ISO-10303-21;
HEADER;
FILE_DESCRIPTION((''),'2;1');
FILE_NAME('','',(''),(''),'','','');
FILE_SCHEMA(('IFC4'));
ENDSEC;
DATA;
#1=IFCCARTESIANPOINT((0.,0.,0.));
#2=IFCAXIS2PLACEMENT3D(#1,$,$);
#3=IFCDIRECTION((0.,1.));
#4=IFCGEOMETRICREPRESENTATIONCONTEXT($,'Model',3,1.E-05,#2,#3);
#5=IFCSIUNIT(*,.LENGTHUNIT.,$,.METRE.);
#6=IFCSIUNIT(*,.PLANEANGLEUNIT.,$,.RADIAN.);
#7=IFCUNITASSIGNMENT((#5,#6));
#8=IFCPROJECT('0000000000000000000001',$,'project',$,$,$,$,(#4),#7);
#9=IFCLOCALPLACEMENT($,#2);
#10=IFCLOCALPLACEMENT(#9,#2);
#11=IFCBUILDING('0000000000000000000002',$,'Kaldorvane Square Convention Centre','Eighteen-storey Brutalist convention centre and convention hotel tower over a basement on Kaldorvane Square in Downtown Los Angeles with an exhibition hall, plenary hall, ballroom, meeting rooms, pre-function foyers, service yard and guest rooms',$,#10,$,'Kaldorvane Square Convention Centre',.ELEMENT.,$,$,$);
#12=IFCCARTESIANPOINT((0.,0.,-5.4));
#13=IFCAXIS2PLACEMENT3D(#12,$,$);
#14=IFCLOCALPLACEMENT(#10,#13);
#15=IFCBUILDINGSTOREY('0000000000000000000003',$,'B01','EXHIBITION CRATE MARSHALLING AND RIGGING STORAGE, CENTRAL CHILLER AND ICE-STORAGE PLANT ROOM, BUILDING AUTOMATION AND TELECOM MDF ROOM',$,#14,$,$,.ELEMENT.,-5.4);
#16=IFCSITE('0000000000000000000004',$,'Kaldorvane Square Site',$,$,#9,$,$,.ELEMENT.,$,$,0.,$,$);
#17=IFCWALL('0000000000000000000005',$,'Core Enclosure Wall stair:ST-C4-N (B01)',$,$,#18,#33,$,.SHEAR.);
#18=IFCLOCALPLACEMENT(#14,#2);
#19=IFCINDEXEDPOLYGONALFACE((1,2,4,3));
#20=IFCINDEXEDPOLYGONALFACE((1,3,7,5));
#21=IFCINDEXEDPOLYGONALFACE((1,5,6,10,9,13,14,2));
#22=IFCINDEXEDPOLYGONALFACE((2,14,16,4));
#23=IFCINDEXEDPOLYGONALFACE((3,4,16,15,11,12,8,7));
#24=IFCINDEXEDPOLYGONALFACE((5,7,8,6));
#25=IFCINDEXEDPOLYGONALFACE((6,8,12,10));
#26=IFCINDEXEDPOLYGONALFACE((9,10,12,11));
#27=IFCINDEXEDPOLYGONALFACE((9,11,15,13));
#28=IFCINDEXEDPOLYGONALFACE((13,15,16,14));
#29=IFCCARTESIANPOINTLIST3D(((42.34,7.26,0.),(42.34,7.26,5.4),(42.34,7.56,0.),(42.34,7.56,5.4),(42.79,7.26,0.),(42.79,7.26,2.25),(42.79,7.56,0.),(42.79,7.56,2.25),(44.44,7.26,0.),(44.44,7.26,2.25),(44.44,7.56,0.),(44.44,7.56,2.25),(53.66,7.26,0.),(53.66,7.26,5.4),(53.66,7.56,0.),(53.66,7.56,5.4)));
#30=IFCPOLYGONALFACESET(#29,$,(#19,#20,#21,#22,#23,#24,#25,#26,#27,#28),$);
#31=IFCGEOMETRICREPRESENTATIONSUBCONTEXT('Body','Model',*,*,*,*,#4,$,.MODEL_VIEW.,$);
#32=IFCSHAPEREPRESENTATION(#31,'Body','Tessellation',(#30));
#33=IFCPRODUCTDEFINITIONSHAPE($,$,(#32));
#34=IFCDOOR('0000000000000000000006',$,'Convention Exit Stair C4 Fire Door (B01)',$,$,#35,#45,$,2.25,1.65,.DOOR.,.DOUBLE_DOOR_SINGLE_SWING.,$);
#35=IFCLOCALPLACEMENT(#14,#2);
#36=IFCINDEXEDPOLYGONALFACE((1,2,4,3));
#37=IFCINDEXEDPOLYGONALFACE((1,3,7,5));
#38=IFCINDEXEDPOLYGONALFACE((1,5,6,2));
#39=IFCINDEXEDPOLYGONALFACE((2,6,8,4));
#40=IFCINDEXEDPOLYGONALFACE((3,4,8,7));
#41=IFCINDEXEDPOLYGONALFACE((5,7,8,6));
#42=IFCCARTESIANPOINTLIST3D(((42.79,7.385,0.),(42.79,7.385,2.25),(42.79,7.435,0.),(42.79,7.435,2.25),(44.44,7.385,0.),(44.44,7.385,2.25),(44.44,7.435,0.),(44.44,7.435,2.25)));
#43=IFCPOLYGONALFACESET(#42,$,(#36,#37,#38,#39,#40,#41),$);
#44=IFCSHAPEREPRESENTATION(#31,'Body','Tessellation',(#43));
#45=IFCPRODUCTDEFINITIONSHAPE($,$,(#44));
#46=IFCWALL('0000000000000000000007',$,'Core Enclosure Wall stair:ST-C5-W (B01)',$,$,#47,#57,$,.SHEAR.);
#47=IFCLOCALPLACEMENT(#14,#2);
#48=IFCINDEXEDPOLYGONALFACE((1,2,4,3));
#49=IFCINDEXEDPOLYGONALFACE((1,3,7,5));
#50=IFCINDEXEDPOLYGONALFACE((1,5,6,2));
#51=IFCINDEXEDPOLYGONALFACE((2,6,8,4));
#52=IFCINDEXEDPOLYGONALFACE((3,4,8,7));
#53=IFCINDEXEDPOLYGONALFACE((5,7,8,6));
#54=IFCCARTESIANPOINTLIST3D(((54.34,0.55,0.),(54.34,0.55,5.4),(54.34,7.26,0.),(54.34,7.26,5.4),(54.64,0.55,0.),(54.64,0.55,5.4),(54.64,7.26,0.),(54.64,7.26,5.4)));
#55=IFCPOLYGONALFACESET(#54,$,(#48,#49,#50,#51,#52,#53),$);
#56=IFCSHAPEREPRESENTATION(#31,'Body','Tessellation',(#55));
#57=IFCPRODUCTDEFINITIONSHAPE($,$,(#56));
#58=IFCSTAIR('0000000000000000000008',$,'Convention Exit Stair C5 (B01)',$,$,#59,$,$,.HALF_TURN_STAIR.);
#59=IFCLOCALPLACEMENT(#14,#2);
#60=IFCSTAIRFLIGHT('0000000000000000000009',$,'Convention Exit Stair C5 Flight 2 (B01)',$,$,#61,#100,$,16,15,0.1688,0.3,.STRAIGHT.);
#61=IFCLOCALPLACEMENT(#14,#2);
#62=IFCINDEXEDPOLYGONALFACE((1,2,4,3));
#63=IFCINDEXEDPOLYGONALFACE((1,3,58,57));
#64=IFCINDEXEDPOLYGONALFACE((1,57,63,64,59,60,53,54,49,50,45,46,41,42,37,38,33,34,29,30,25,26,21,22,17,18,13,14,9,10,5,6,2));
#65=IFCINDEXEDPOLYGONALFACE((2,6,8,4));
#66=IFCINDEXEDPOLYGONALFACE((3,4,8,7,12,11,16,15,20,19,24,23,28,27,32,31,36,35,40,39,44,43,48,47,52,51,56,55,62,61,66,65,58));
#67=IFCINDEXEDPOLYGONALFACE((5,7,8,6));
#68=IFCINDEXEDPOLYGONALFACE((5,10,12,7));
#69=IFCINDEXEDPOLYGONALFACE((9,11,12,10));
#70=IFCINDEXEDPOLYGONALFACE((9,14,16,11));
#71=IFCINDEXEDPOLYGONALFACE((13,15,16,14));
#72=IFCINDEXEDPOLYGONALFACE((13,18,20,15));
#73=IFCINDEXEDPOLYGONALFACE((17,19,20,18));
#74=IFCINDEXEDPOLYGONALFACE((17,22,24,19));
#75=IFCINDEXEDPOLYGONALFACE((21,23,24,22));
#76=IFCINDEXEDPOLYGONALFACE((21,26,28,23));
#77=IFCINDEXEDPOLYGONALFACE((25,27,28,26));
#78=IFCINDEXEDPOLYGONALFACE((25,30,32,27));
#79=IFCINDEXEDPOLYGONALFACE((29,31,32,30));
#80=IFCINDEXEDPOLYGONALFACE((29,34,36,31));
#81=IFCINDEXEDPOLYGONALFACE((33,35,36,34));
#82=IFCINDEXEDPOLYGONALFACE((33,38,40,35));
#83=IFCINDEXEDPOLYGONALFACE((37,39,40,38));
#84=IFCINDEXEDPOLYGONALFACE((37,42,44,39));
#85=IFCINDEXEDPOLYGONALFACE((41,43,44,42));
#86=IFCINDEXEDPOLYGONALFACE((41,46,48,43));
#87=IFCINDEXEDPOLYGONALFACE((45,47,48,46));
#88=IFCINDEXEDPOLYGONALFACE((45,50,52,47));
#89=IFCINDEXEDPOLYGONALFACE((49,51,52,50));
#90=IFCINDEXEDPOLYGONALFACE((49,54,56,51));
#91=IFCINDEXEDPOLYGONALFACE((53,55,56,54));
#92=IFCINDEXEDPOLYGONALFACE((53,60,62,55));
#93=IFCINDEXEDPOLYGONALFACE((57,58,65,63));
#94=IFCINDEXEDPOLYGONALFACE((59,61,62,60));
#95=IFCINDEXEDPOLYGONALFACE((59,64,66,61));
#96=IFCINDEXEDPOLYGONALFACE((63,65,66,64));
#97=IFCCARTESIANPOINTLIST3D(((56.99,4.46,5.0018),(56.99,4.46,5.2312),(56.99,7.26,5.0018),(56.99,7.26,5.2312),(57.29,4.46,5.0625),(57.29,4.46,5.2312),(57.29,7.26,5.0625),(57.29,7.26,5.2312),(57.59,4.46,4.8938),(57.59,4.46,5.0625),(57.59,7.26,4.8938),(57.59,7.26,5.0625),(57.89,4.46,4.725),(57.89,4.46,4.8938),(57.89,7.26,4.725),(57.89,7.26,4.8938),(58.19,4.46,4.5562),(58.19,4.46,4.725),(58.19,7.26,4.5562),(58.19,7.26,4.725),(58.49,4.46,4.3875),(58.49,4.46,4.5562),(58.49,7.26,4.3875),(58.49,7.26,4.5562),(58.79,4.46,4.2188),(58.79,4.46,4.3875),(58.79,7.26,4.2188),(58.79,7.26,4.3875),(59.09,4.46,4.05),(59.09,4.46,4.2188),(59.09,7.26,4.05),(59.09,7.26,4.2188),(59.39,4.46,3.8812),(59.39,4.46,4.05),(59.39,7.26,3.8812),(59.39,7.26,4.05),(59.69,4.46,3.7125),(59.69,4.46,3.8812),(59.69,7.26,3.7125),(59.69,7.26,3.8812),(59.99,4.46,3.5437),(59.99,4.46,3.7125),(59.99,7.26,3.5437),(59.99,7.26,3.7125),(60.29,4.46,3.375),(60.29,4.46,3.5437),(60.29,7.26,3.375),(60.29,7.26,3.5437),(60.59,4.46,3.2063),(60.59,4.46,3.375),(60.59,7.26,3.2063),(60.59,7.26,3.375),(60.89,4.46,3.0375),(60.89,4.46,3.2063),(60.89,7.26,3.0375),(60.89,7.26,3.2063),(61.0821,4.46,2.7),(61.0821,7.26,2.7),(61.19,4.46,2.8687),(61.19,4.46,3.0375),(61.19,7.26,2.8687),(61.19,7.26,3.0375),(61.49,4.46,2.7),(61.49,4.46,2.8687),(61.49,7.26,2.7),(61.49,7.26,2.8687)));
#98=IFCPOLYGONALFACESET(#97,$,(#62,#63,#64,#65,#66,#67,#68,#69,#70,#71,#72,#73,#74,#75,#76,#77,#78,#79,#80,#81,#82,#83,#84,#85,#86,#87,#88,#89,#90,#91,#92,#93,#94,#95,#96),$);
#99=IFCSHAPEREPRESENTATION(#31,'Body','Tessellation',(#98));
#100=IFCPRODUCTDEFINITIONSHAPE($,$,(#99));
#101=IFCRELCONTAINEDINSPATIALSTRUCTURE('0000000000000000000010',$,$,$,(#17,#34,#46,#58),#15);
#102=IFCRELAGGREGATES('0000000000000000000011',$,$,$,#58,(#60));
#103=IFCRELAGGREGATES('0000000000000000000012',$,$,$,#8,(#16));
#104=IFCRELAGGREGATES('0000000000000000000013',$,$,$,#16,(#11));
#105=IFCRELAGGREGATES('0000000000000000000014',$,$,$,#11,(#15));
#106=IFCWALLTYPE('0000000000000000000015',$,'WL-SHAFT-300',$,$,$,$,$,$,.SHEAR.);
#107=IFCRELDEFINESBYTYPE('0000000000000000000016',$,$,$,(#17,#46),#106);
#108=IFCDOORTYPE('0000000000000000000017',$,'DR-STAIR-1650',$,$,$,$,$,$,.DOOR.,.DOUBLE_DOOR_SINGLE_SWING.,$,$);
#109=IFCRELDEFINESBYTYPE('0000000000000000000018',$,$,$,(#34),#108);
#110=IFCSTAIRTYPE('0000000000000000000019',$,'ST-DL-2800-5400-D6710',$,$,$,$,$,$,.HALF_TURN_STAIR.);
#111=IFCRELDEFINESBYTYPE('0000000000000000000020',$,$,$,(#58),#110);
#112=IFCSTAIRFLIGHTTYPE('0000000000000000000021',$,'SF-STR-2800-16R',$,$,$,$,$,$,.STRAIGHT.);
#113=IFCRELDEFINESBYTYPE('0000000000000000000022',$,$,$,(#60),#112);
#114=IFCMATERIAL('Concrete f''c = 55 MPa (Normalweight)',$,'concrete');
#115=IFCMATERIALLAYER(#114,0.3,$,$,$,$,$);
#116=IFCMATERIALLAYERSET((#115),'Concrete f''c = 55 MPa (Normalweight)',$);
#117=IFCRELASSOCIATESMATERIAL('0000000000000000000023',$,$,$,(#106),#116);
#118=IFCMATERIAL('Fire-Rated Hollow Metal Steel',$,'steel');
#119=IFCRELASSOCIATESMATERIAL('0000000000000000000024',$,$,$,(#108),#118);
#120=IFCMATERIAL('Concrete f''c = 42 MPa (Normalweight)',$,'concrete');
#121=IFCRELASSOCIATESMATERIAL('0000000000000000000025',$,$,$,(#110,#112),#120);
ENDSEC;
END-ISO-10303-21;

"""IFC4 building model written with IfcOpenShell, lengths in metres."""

from ifc_helpers import new_model, si_unit, direction, frame, frame_2d, origin, place, context, subcontext, project, spatial, polyline, rectangle, outline, extrude, material, layer, layer_set, type_object, element, fill, aggregate, save


model = new_model("IFC4")

# Units and contexts
model_context = context("Model", 3, precision=1e-05, world=origin(), true_north=direction((0.0, 1.0)))
body_context = subcontext(model_context, "Body", "Model", "MODEL_VIEW")
ifc_project = project(units=[si_unit("LENGTHUNIT", "METRE"), si_unit("PLANEANGLEUNIT", "RADIAN")], contexts=[model_context])

# Site, building, storey
site_placement = place(None, origin())
site = spatial("IfcSite", under=ifc_project, at=site_placement, Name="Kaldorvane Square Site", CompositionType="ELEMENT", RefElevation=0.0)
building_placement = place(site_placement, origin())
building = spatial("IfcBuilding", under=site, at=building_placement, Name="Kaldorvane Square Convention Centre", Description="Eighteen-storey Brutalist convention centre and convention hotel tower over a basement on Kaldorvane Square in Downtown Los Angeles with an exhibition hall, plenary hall, ballroom, meeting rooms, pre-function foyers, service yard and guest rooms", LongName="Kaldorvane Square Convention Centre", CompositionType="ELEMENT")
storey_placement = place(building_placement, frame((0.0, 0.0, -5.4)))
storey = spatial("IfcBuildingStorey", under=building, at=storey_placement, Name="B01", Description="EXHIBITION CRATE MARSHALLING AND RIGGING STORAGE, CENTRAL CHILLER AND ICE-STORAGE PLANT ROOM, BUILDING AUTOMATION AND TELECOM MDF ROOM", CompositionType="ELEMENT", Elevation=-5.4)

# Shared definitions
ifc_material_1 = material(Name="Concrete f'c = 42 MPa (Normalweight)", Category="concrete")

# Shared definitions
ifc_material_2 = material(Name="Concrete f'c = 55 MPa (Normalweight)", Category="concrete")

# Wall, opening, door
ifc_layer = layer(ifc_material_2, 0.3)
ifc_layer_set = layer_set([ifc_layer], Name="Concrete f'c = 55 MPa (Normalweight)")
wall_type = type_object("IfcWallType", Name="WL-SHAFT-300", PredefinedType="SHEAR", material=ifc_layer_set)
wall_1_placement = place(storey_placement, frame((53.66, 7.41, 0.0), z_axis=(0.0, 0.0, 1.0), x_axis=(-1.0, 0.0, 0.0)))
wall_1 = element("IfcWall", 1, at=wall_1_placement, inside=storey, type_object=wall_type, Name="Core Enclosure Wall stair:ST-C4-N (B01)", PredefinedType="SHEAR", context=body_context, shape_type="SweptSolid", body=[
    extrude(rectangle(XDim=11.32, YDim=0.3, at=frame_2d((5.66, 0.0))), origin(), (0.0, 0.0, 1.0), 5.4),
])
opening_placement = place(wall_1_placement, frame((9.22, 0.0, 0.0)))
opening = element("IfcOpeningElement", 2, at=opening_placement, cuts=wall_1, PredefinedType="OPENING", context=body_context, shape_type="SweptSolid", body=[
    extrude(rectangle(XDim=1.65, YDim=2.25, at=frame_2d((0.825, 1.125))), frame((0.0, 0.165, 0.0), z_axis=(0.0, -1.0, 0.0), x_axis=(1.0, 0.0, 0.0)), (0.0, 0.0, 1.0), 0.33),
])
ifc_material_3 = material(Name="Fire-Rated Hollow Metal Steel", Category="steel")
door_type = type_object("IfcDoorType", Name="DR-STAIR-1650", OperationType="DOUBLE_DOOR_SINGLE_SWING", PredefinedType="DOOR", material=ifc_material_3)
door_placement = place(opening_placement, origin())
door = element("IfcDoor", 3, at=door_placement, inside=storey, type_object=door_type, Name="Convention Exit Stair C4 Fire Door (B01)", OperationType="DOUBLE_DOOR_SINGLE_SWING", OverallHeight=2.25, OverallWidth=1.65, PredefinedType="DOOR", context=body_context, shape_type="SweptSolid", body=[
    extrude(rectangle(XDim=1.65, YDim=2.25, at=frame_2d((0.825, 1.125))), frame((0.0, 0.025, 0.0), z_axis=(0.0, -1.0, 0.0), x_axis=(1.0, 0.0, 0.0)), (0.0, 0.0, 1.0), 0.05),
])
fill(opening, door)

# Wall
wall_2_placement = place(storey_placement, frame((54.49, 7.26, 0.0), z_axis=(0.0, 0.0, 1.0), x_axis=(0.0, -1.0, 0.0)))
element("IfcWall", 4, at=wall_2_placement, inside=storey, type_object=wall_type, Name="Core Enclosure Wall stair:ST-C5-W (B01)", PredefinedType="SHEAR", context=body_context, shape_type="SweptSolid", body=[
    extrude(rectangle(XDim=6.71, YDim=0.3, at=frame_2d((3.355, 0.0))), origin(), (0.0, 0.0, 1.0), 5.4),
])

# Stair, stair flight
stair_type = type_object("IfcStairType", Name="ST-DL-2800-5400-D6710", PredefinedType="HALF_TURN_STAIR", material=ifc_material_1)
stair_placement = place(storey_placement, origin())
stair = element("IfcStair", 5, at=stair_placement, inside=storey, type_object=stair_type, Name="Convention Exit Stair C5 (B01)", PredefinedType="HALF_TURN_STAIR")
stair_flight_type = type_object("IfcStairFlightType", Name="SF-STR-2800-16R", PredefinedType="STRAIGHT", material=ifc_material_1)
stair_flight_placement = place(storey_placement, frame((61.49, 5.86, 2.7), z_axis=(0.0, 0.0, 1.0), x_axis=(-1.0, 0.0, 0.0)))
stair_flight = element("IfcStairFlight", 6, at=stair_flight_placement, type_object=stair_flight_type, Name="Convention Exit Stair C5 Flight 2 (B01)", NumberOfRisers=16, NumberOfTreads=15, PredefinedType="STRAIGHT", RiserHeight=0.1688, TreadLength=0.3, context=body_context, shape_type="SweptSolid", body=[
    extrude(outline(polyline([(0.0, 0.0), (0.0, 0.1687), (0.3, 0.1687), (0.3, 0.3375), (0.6, 0.3375), (0.6, 0.5063), (0.9, 0.5063), (0.9, 0.675), (1.2, 0.675), (1.2, 0.8438), (1.5, 0.8438), (1.5, 1.0125), (1.8, 1.0125), (1.8, 1.1812), (2.1, 1.1812), (2.1, 1.35), (2.4, 1.35), (2.4, 1.5188), (2.7, 1.5188), (2.7, 1.6875), (3.0, 1.6875), (3.0, 1.8562), (3.3, 1.8562), (3.3, 2.025), (3.6, 2.025), (3.6, 2.1938), (3.9, 2.1938), (3.9, 2.3625), (4.2, 2.3625), (4.2, 2.5312), (4.5, 2.5312), (4.5, 2.7), (4.5, 2.3018), (0.4079, 0.0), (0.0, 0.0)])), frame((0.0, 1.4, 0.0), z_axis=(0.0, -1.0, 0.0), x_axis=(1.0, 0.0, 0.0)), (0.0, 0.0, 1.0), 2.8),
])
aggregate(stair, [stair_flight])

save(model, "model.ifc")
